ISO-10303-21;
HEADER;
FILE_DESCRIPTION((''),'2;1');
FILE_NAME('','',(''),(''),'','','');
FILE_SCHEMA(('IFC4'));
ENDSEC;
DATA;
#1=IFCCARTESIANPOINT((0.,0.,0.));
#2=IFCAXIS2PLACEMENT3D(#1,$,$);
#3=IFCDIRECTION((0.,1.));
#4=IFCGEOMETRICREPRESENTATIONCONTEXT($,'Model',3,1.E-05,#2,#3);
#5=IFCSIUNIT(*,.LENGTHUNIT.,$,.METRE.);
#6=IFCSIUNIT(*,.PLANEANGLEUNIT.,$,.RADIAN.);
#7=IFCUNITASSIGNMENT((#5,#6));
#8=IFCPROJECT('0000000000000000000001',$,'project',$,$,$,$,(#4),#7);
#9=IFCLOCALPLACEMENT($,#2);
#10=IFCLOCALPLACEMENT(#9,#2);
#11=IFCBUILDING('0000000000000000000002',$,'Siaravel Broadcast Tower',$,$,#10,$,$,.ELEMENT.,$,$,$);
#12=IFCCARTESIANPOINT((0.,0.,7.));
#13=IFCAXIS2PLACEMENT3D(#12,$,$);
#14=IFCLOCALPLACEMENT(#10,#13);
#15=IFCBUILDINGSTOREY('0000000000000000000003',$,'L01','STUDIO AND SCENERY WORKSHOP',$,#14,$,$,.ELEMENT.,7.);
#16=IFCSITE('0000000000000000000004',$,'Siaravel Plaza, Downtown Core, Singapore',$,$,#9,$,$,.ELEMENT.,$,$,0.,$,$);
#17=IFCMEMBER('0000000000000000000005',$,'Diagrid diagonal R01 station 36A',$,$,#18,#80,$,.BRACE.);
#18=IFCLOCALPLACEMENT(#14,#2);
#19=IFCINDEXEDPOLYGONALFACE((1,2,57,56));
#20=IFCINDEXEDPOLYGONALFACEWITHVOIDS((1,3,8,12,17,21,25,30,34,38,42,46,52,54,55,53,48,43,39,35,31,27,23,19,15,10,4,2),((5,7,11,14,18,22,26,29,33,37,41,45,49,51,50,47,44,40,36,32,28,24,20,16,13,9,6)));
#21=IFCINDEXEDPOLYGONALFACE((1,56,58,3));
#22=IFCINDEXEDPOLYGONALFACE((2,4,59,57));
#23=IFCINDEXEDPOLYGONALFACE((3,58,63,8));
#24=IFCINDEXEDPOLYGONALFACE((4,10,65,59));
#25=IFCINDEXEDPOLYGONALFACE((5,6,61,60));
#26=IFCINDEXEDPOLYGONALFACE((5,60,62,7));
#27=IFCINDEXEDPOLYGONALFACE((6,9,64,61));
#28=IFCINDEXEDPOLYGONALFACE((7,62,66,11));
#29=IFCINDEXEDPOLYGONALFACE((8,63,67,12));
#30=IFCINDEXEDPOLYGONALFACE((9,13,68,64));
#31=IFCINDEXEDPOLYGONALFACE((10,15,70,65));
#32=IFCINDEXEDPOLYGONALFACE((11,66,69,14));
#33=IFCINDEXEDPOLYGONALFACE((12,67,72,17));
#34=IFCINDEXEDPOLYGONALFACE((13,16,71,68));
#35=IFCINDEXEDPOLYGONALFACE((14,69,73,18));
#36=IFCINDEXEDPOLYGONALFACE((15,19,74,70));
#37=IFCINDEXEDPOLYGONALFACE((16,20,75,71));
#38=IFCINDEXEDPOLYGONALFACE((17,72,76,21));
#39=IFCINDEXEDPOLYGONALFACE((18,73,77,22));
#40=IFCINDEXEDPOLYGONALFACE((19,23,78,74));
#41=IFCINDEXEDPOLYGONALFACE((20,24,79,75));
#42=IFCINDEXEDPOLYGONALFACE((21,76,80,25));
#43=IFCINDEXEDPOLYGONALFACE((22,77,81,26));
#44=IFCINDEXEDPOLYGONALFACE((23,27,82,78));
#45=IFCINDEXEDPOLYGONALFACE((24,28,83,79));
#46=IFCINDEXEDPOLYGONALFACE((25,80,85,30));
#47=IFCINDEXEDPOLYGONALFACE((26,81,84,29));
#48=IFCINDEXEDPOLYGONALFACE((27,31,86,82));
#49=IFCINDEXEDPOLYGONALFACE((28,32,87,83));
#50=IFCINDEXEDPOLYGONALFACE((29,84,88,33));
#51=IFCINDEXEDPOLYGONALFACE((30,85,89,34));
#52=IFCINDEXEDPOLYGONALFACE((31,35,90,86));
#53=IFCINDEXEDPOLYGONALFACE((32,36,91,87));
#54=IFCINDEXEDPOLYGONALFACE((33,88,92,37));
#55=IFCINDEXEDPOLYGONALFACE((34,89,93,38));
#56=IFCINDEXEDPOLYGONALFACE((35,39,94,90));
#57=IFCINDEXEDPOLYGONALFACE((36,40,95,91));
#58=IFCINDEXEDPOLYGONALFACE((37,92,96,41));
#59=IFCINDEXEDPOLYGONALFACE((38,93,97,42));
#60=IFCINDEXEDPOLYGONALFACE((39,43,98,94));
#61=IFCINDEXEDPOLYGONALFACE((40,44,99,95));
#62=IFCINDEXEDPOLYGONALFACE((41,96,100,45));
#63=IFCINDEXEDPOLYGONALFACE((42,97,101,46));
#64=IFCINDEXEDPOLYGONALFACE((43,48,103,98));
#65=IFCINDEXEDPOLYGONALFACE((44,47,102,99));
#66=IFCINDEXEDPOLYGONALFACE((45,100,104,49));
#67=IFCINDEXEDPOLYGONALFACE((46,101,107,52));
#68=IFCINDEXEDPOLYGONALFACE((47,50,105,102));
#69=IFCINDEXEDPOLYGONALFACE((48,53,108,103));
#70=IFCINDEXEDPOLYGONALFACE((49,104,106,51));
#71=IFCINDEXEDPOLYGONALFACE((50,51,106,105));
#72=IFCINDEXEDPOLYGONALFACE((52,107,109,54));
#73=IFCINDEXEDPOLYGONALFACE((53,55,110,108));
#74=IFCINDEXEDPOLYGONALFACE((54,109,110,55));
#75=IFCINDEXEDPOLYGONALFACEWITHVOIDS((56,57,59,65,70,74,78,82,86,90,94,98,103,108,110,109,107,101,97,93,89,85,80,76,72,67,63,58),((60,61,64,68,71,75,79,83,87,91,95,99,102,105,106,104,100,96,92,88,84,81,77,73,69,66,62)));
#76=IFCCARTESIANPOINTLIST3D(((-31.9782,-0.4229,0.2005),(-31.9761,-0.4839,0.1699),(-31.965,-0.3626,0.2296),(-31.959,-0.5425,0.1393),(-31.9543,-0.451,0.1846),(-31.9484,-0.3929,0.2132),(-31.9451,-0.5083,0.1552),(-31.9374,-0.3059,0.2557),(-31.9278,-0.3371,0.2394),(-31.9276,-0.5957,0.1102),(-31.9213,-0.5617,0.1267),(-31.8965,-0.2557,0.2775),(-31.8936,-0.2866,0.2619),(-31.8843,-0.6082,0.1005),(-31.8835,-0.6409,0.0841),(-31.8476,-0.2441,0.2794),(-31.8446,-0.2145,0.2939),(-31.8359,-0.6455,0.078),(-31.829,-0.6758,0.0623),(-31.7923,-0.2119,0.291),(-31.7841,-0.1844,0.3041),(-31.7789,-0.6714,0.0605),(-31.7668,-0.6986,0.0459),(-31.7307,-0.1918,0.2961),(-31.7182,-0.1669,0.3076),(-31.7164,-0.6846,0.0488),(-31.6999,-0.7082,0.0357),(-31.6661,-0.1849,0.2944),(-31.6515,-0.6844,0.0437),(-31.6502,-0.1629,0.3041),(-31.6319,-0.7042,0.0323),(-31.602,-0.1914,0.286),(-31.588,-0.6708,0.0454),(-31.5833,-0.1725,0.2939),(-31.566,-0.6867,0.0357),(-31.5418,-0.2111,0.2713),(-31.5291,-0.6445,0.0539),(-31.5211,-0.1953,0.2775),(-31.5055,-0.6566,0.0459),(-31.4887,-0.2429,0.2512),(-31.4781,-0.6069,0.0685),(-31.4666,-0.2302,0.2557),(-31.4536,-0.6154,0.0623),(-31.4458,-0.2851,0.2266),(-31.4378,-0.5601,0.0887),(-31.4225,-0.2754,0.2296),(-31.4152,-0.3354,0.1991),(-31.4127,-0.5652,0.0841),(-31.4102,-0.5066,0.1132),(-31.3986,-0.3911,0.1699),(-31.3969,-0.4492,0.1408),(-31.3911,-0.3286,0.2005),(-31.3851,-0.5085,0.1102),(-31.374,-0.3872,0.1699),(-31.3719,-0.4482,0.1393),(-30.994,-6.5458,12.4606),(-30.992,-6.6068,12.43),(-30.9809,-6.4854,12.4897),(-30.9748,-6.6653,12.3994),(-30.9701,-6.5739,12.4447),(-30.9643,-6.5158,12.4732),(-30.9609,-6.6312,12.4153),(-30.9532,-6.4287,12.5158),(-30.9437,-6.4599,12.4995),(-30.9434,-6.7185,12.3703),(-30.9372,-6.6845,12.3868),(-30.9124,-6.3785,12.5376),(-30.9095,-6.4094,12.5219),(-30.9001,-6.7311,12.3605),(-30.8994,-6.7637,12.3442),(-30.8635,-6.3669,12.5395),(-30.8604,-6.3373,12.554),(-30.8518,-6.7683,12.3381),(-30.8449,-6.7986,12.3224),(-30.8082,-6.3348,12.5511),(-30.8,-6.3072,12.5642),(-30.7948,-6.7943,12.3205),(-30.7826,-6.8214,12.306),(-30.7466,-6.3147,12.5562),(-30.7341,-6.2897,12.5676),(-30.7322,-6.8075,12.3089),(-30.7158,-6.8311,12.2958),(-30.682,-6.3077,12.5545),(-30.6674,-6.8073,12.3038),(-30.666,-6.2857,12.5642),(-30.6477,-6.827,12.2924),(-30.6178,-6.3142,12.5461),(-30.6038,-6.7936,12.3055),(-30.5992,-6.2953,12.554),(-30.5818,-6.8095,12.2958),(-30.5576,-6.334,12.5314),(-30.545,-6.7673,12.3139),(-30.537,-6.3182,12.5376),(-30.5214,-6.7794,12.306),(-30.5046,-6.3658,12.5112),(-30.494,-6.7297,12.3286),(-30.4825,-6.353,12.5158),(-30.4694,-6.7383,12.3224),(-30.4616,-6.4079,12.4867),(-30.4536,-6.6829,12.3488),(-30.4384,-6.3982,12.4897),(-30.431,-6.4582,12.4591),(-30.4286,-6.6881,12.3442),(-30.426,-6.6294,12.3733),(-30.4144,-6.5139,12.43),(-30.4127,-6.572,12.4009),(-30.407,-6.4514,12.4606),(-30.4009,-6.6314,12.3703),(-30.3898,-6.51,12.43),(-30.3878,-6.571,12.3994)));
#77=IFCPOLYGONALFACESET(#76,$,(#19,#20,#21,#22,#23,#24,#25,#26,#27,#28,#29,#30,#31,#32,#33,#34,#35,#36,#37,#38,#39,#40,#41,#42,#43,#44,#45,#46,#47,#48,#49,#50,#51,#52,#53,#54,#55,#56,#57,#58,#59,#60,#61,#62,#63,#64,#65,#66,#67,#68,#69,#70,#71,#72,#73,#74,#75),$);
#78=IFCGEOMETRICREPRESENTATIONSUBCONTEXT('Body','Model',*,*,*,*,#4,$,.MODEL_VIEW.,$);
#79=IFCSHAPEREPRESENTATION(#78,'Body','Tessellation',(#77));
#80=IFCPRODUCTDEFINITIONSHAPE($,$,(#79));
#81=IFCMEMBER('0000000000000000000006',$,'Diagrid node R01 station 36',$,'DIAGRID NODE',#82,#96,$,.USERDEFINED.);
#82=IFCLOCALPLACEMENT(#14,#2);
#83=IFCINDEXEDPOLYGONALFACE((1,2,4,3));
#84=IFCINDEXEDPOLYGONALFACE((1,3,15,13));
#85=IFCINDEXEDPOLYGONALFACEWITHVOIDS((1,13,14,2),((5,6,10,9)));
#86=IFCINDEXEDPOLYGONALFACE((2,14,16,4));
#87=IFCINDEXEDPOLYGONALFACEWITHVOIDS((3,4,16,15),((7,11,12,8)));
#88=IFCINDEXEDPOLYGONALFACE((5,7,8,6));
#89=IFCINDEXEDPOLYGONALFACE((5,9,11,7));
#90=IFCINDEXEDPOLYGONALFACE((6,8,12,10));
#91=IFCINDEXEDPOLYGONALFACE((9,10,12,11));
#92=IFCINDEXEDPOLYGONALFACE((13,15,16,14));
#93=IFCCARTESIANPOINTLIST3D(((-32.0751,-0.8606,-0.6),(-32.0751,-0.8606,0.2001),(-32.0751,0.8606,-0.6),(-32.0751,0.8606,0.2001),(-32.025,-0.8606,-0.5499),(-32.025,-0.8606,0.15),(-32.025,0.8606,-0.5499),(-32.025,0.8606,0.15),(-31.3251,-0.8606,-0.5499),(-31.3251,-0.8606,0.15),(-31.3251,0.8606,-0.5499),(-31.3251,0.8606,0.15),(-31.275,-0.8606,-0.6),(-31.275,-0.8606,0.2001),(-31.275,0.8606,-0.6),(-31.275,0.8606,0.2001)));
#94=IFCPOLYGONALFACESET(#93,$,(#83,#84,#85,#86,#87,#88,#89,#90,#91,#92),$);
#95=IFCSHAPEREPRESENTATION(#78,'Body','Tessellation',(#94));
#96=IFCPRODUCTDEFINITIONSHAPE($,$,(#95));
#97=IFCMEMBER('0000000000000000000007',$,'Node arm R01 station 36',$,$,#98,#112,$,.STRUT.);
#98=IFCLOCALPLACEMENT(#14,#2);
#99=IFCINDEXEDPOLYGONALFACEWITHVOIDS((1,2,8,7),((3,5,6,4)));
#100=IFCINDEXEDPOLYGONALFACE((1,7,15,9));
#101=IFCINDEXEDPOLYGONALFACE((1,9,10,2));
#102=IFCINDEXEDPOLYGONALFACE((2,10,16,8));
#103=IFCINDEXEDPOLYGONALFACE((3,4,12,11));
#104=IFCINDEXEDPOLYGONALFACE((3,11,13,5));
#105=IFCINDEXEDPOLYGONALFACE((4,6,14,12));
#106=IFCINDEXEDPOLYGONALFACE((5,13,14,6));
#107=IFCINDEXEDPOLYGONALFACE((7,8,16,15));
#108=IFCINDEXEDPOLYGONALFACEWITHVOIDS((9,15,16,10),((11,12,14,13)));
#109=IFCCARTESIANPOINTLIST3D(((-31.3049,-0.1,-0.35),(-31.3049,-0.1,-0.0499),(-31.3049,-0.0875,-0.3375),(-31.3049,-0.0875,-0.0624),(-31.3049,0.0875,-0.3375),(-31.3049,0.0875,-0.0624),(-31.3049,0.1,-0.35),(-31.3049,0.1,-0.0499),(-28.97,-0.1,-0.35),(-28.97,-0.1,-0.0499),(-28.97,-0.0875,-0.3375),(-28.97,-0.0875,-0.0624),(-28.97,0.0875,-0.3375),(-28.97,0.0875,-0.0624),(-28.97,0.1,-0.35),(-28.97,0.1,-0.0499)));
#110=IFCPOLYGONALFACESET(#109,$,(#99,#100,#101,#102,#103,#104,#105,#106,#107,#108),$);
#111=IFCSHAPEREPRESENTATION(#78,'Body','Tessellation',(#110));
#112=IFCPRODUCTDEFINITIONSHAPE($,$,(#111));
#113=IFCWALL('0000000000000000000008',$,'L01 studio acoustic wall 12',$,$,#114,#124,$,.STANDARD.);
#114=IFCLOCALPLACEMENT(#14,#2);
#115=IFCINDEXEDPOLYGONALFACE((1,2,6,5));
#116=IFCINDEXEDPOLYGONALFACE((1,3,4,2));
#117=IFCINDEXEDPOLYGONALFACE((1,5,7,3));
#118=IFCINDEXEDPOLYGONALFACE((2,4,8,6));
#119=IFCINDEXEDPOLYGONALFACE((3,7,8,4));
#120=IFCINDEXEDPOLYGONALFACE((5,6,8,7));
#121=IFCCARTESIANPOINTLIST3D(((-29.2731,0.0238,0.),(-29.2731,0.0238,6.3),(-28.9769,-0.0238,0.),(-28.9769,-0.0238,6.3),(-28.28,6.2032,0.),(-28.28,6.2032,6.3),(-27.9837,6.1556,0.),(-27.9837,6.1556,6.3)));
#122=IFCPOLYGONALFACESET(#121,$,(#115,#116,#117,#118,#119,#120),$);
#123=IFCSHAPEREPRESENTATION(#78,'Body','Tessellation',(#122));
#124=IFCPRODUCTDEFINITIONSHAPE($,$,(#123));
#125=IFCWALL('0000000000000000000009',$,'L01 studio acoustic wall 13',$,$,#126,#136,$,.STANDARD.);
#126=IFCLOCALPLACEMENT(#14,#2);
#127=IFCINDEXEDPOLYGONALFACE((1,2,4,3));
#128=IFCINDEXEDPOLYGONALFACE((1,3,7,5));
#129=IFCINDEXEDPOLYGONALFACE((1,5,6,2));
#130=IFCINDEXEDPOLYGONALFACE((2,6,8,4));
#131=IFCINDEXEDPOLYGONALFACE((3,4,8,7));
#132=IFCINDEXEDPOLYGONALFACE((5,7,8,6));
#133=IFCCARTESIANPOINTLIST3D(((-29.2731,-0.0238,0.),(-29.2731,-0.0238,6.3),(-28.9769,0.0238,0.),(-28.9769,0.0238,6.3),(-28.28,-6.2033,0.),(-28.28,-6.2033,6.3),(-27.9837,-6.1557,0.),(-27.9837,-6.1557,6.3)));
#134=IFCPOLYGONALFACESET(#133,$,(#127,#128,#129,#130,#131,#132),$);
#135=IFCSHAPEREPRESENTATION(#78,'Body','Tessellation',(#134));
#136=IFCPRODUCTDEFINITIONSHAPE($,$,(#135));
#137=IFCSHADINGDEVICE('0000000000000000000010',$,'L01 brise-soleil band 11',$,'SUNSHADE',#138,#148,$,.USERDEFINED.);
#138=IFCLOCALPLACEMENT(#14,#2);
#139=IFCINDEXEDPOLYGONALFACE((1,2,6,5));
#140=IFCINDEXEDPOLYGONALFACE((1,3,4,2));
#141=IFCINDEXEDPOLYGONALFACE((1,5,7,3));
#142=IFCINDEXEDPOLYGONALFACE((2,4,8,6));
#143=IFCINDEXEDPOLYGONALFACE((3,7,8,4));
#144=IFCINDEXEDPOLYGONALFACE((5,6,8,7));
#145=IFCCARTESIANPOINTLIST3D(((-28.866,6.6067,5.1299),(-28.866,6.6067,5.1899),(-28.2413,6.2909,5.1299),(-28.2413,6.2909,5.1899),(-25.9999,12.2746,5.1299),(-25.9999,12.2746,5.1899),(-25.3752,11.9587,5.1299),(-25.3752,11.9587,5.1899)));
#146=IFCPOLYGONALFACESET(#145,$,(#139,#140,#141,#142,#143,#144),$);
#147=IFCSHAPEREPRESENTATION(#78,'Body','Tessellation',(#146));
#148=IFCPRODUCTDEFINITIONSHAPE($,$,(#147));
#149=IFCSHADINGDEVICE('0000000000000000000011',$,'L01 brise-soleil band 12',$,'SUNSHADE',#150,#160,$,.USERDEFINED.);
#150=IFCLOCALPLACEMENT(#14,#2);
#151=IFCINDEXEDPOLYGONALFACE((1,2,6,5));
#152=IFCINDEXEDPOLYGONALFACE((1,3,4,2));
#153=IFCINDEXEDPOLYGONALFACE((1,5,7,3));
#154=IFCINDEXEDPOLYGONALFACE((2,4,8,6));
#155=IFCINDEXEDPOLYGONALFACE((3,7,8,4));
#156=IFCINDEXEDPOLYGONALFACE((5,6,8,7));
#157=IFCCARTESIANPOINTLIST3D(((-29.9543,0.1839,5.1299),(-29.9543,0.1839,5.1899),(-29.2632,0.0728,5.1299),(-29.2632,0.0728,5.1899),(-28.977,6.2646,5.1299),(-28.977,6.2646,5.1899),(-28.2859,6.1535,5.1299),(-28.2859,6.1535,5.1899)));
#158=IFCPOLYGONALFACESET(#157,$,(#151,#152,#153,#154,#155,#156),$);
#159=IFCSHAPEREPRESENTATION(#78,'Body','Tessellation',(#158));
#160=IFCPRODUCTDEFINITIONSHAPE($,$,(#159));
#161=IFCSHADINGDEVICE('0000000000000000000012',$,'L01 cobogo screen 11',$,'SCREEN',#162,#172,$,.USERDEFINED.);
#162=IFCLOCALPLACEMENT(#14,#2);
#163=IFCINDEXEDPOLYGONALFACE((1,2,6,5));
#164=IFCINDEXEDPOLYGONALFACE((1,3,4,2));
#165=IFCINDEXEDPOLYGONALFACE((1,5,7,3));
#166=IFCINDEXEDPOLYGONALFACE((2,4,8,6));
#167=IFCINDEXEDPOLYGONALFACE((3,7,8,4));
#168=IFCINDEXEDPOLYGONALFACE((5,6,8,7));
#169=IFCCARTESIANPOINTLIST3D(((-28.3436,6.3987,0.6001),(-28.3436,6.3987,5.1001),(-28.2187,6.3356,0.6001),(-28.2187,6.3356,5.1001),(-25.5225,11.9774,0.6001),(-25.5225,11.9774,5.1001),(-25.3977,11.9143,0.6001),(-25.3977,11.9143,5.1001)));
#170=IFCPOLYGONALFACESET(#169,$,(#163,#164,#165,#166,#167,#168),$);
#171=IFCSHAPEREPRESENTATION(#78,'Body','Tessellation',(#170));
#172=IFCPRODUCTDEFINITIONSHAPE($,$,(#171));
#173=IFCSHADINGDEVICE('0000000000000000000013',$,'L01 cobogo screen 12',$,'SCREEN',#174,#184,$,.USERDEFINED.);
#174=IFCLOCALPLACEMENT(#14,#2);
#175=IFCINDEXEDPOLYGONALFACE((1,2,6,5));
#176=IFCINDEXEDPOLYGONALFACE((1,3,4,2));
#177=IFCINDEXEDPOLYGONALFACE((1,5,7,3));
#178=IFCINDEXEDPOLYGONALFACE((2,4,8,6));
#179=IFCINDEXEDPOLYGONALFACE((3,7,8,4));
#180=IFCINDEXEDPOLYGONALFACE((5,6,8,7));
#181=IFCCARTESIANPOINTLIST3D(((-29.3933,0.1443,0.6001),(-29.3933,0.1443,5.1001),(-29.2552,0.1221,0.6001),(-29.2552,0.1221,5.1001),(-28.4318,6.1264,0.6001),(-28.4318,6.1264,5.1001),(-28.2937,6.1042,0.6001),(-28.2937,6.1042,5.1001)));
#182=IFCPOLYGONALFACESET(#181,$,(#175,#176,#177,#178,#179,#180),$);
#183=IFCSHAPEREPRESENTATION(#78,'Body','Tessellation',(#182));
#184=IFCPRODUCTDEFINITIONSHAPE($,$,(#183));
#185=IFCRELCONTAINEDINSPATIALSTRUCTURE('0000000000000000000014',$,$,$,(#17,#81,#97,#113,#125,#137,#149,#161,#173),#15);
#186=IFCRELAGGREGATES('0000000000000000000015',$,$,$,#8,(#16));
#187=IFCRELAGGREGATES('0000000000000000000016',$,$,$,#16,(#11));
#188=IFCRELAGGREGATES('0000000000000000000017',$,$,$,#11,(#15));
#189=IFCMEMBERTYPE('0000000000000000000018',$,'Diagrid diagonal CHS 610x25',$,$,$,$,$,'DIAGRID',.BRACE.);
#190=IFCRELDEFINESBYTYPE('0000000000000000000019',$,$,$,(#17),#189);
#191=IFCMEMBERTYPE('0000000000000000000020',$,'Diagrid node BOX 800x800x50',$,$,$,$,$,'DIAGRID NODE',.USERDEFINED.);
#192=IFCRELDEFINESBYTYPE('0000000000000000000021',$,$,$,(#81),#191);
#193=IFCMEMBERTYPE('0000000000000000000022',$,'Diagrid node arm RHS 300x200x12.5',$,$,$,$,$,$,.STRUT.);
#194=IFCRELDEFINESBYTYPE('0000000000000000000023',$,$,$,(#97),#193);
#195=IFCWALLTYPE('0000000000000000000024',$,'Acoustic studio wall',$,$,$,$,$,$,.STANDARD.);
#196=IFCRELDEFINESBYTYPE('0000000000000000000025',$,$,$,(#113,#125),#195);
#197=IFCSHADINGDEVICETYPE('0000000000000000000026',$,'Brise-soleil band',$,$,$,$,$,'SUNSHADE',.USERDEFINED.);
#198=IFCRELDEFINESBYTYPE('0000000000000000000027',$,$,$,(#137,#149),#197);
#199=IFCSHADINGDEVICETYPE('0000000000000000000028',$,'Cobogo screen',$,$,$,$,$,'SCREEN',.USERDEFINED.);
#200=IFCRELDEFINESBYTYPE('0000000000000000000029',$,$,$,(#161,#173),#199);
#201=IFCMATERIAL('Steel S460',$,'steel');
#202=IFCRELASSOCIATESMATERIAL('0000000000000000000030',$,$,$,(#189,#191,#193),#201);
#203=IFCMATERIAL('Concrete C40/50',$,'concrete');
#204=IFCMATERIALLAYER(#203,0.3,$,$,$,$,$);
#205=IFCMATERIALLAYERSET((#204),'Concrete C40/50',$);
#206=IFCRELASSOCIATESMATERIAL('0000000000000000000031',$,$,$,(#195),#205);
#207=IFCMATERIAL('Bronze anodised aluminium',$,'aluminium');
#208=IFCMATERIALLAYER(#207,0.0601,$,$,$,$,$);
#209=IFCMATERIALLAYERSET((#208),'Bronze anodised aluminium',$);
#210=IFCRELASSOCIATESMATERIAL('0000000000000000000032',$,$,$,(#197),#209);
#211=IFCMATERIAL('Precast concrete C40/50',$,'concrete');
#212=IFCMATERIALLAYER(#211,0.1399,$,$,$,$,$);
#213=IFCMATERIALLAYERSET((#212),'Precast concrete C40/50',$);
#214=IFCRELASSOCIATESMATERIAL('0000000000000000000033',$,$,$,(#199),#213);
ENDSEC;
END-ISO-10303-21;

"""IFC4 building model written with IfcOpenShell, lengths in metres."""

from ifc_helpers import new_model, si_unit, direction, frame, frame_2d, origin, origin_2d, place, context, subcontext, project, spatial, rectangle, hollow_rectangle, hollow_circle, extrude, material, layer, layer_set, material_profile, profile_set, type_object, element, save


model = new_model("IFC4")

# Units and contexts
model_context = context("Model", 3, precision=1e-05, world=origin(), true_north=direction((0.0, 1.0)))
body_context = subcontext(model_context, "Body", "Model", "MODEL_VIEW")
ifc_project = project(units=[si_unit("LENGTHUNIT", "METRE"), si_unit("PLANEANGLEUNIT", "RADIAN")], contexts=[model_context])

# Site, building, storey
site_placement = place(None, origin())
site = spatial("IfcSite", under=ifc_project, at=site_placement, Name="Siaravel Plaza, Downtown Core, Singapore", CompositionType="ELEMENT", RefElevation=0.0)
building_placement = place(site_placement, origin())
building = spatial("IfcBuilding", under=site, at=building_placement, Name="Siaravel Broadcast Tower", CompositionType="ELEMENT")
storey_placement = place(building_placement, frame((0.0, 0.0, 7.0)))
storey = spatial("IfcBuildingStorey", under=building, at=storey_placement, Name="L01", Description="STUDIO AND SCENERY WORKSHOP", CompositionType="ELEMENT", Elevation=7.0)

# Members
ifc_material_1 = material(Name="Steel S460", Category="steel")
ifc_material_profile_1 = material_profile(ifc_material_1, hollow_circle(Radius=0.3049, WallThickness=0.0249, at=origin_2d()))
ifc_profile_set_1 = profile_set([ifc_material_profile_1], Name="Steel S460")
member_type_1 = type_object("IfcMemberType", Name="Diagrid diagonal CHS 610x25", ElementType="DIAGRID", PredefinedType="BRACE", material=ifc_profile_set_1)
for number, where, z_axis, x_axis, name in (
    (1, (-31.675, -0.4355, 0.1699), (0.07163, -0.445645, 0.892339), (0.987328, 0.158695, 0.0), "Diagrid diagonal R01 station 36A"),
):
    element("IfcMember", number, at=place(storey_placement, frame(where, z_axis=z_axis, x_axis=x_axis)), inside=storey, type_object=member_type_1, Name=name, PredefinedType="BRACE", context=body_context, shape_type="SweptSolid", body=[
        extrude(hollow_circle(Radius=0.3049, WallThickness=0.0249, at=origin_2d()), origin(), (0.0, 0.0, 1.0), 13.7393),
    ])
ifc_material_profile_2 = material_profile(ifc_material_1, hollow_rectangle(XDim=0.8, YDim=0.8, WallThickness=0.05, at=origin_2d()))
ifc_profile_set_2 = profile_set([ifc_material_profile_2], Name="Steel S460")
member_type_2 = type_object("IfcMemberType", Name="Diagrid node BOX 800x800x50", ElementType="DIAGRID NODE", PredefinedType="USERDEFINED", material=ifc_profile_set_2)
member_1_placement = place(storey_placement, frame((-31.675, 0.8606, -0.2), z_axis=(0.0, -1.0, 0.0), x_axis=(1.0, 0.0, 0.0)))
element("IfcMember", 2, at=member_1_placement, inside=storey, type_object=member_type_2, Name="Diagrid node R01 station 36", ObjectType="DIAGRID NODE", PredefinedType="USERDEFINED", context=body_context, shape_type="SweptSolid", body=[
    extrude(hollow_rectangle(XDim=0.8, YDim=0.8, WallThickness=0.05, at=origin_2d()), origin(), (0.0, 0.0, 1.0), 1.7212),
])
ifc_material_profile_3 = material_profile(ifc_material_1, hollow_rectangle(XDim=0.2, YDim=0.3, WallThickness=0.0125, at=origin_2d()))
ifc_profile_set_3 = profile_set([ifc_material_profile_3], Name="Steel S460")
member_type_3 = type_object("IfcMemberType", Name="Diagrid node arm RHS 300x200x12.5", PredefinedType="STRUT", material=ifc_profile_set_3)
member_2_placement = place(storey_placement, frame((-28.97, 0.0, -0.2), z_axis=(-1.0, 0.0, 0.0), x_axis=(0.0, -1.0, 0.0)))
element("IfcMember", 3, at=member_2_placement, inside=storey, type_object=member_type_3, Name="Node arm R01 station 36", PredefinedType="STRUT", context=body_context, shape_type="SweptSolid", body=[
    extrude(hollow_rectangle(XDim=0.2, YDim=0.3, WallThickness=0.0125, at=origin_2d()), origin(), (0.0, 0.0, 1.0), 2.335),
])

# Walls
ifc_material_2 = material(Name="Concrete C40/50", Category="concrete")
ifc_layer_1 = layer(ifc_material_2, 0.3)
ifc_layer_set_1 = layer_set([ifc_layer_1], Name="Concrete C40/50")
wall_type_1 = type_object("IfcWallType", Name="Acoustic studio wall", PredefinedType="STANDARD", material=ifc_layer_set_1)
for number, where, z_axis, x_axis, name in (
    (4, (-28.1318, 6.1794, 0.0), (0.0, 0.0, 1.0), (-0.158684, -0.987329, 0.0), "L01 studio acoustic wall 12"),
    (5, (-29.125, 0.0, 0.0), (0.0, 0.0, 1.0), (0.158684, -0.987329, 0.0), "L01 studio acoustic wall 13"),
):
    element("IfcWall", number, at=place(storey_placement, frame(where, z_axis=z_axis, x_axis=x_axis)), inside=storey, type_object=wall_type_1, Name=name, PredefinedType="STANDARD", context=body_context, shape_type="SweptSolid", body=[
        extrude(rectangle(XDim=6.2588, YDim=0.3, at=frame_2d((3.1294, 0.0))), origin(), (0.0, 0.0, 1.0), 6.3),
    ])

# Shading devices
ifc_material_3 = material(Name="Bronze anodised aluminium", Category="aluminium")
ifc_layer_2 = layer(ifc_material_3, 0.0601)
ifc_layer_set_2 = layer_set([ifc_layer_2], Name="Bronze anodised aluminium")
shading_device_type_1 = type_object("IfcShadingDeviceType", Name="Brise-soleil band", ElementType="SUNSHADE", PredefinedType="USERDEFINED", material=ifc_layer_set_2)
shading_device_1_placement = place(storey_placement, frame((-27.1206, 9.2827, 5.1299), z_axis=(0.0, 0.0, 1.0), x_axis=(-0.451262, -0.892391, 0.0)))
element("IfcShadingDevice", 6, at=shading_device_1_placement, inside=storey, type_object=shading_device_type_1, Name="L01 brise-soleil band 11", ObjectType="SUNSHADE", PredefinedType="USERDEFINED", context=body_context, shape_type="SweptSolid", body=[
    extrude(rectangle(XDim=6.3513, YDim=0.7, at=origin_2d()), origin(), (0.0, 0.0, 1.0), 0.0601),
])
shading_device_2_placement = place(storey_placement, frame((-29.1201, 3.1687, 5.1299), z_axis=(0.0, 0.0, 1.0), x_axis=(-0.158685, -0.987329, 0.0)))
element("IfcShadingDevice", 7, at=shading_device_2_placement, inside=storey, type_object=shading_device_type_1, Name="L01 brise-soleil band 12", ObjectType="SUNSHADE", PredefinedType="USERDEFINED", context=body_context, shape_type="SweptSolid", body=[
    extrude(rectangle(XDim=6.1587, YDim=0.7, at=origin_2d()), origin(), (0.0, 0.0, 1.0), 0.0601),
])
ifc_material_4 = material(Name="Precast concrete C40/50", Category="concrete")
ifc_layer_3 = layer(ifc_material_4, 0.1399)
ifc_layer_set_3 = layer_set([ifc_layer_3], Name="Precast concrete C40/50")
shading_device_type_2 = type_object("IfcShadingDeviceType", Name="Cobogo screen", ElementType="SCREEN", PredefinedType="USERDEFINED", material=ifc_layer_set_3)
shading_device_3_placement = place(storey_placement, frame((-26.8706, 9.1565, 0.6001), z_axis=(0.0, 0.0, 1.0), x_axis=(-0.451262, -0.892391, 0.0)))
element("IfcShadingDevice", 8, at=shading_device_3_placement, inside=storey, type_object=shading_device_type_2, Name="L01 cobogo screen 11", ObjectType="SCREEN", PredefinedType="USERDEFINED", context=body_context, shape_type="SweptSolid", body=[
    extrude(rectangle(XDim=6.2515, YDim=0.1399, at=origin_2d()), origin(), (0.0, 0.0, 1.0), 4.5),
])
shading_device_4_placement = place(storey_placement, frame((-28.8435, 3.1243, 0.6001), z_axis=(0.0, 0.0, 1.0), x_axis=(-0.158685, -0.987329, 0.0)))
element("IfcShadingDevice", 9, at=shading_device_4_placement, inside=storey, type_object=shading_device_type_2, Name="L01 cobogo screen 12", ObjectType="SCREEN", PredefinedType="USERDEFINED", context=body_context, shape_type="SweptSolid", body=[
    extrude(rectangle(XDim=6.0588, YDim=0.1399, at=origin_2d()), origin(), (0.0, 0.0, 1.0), 4.5),
])

save(model, "model.ifc")
